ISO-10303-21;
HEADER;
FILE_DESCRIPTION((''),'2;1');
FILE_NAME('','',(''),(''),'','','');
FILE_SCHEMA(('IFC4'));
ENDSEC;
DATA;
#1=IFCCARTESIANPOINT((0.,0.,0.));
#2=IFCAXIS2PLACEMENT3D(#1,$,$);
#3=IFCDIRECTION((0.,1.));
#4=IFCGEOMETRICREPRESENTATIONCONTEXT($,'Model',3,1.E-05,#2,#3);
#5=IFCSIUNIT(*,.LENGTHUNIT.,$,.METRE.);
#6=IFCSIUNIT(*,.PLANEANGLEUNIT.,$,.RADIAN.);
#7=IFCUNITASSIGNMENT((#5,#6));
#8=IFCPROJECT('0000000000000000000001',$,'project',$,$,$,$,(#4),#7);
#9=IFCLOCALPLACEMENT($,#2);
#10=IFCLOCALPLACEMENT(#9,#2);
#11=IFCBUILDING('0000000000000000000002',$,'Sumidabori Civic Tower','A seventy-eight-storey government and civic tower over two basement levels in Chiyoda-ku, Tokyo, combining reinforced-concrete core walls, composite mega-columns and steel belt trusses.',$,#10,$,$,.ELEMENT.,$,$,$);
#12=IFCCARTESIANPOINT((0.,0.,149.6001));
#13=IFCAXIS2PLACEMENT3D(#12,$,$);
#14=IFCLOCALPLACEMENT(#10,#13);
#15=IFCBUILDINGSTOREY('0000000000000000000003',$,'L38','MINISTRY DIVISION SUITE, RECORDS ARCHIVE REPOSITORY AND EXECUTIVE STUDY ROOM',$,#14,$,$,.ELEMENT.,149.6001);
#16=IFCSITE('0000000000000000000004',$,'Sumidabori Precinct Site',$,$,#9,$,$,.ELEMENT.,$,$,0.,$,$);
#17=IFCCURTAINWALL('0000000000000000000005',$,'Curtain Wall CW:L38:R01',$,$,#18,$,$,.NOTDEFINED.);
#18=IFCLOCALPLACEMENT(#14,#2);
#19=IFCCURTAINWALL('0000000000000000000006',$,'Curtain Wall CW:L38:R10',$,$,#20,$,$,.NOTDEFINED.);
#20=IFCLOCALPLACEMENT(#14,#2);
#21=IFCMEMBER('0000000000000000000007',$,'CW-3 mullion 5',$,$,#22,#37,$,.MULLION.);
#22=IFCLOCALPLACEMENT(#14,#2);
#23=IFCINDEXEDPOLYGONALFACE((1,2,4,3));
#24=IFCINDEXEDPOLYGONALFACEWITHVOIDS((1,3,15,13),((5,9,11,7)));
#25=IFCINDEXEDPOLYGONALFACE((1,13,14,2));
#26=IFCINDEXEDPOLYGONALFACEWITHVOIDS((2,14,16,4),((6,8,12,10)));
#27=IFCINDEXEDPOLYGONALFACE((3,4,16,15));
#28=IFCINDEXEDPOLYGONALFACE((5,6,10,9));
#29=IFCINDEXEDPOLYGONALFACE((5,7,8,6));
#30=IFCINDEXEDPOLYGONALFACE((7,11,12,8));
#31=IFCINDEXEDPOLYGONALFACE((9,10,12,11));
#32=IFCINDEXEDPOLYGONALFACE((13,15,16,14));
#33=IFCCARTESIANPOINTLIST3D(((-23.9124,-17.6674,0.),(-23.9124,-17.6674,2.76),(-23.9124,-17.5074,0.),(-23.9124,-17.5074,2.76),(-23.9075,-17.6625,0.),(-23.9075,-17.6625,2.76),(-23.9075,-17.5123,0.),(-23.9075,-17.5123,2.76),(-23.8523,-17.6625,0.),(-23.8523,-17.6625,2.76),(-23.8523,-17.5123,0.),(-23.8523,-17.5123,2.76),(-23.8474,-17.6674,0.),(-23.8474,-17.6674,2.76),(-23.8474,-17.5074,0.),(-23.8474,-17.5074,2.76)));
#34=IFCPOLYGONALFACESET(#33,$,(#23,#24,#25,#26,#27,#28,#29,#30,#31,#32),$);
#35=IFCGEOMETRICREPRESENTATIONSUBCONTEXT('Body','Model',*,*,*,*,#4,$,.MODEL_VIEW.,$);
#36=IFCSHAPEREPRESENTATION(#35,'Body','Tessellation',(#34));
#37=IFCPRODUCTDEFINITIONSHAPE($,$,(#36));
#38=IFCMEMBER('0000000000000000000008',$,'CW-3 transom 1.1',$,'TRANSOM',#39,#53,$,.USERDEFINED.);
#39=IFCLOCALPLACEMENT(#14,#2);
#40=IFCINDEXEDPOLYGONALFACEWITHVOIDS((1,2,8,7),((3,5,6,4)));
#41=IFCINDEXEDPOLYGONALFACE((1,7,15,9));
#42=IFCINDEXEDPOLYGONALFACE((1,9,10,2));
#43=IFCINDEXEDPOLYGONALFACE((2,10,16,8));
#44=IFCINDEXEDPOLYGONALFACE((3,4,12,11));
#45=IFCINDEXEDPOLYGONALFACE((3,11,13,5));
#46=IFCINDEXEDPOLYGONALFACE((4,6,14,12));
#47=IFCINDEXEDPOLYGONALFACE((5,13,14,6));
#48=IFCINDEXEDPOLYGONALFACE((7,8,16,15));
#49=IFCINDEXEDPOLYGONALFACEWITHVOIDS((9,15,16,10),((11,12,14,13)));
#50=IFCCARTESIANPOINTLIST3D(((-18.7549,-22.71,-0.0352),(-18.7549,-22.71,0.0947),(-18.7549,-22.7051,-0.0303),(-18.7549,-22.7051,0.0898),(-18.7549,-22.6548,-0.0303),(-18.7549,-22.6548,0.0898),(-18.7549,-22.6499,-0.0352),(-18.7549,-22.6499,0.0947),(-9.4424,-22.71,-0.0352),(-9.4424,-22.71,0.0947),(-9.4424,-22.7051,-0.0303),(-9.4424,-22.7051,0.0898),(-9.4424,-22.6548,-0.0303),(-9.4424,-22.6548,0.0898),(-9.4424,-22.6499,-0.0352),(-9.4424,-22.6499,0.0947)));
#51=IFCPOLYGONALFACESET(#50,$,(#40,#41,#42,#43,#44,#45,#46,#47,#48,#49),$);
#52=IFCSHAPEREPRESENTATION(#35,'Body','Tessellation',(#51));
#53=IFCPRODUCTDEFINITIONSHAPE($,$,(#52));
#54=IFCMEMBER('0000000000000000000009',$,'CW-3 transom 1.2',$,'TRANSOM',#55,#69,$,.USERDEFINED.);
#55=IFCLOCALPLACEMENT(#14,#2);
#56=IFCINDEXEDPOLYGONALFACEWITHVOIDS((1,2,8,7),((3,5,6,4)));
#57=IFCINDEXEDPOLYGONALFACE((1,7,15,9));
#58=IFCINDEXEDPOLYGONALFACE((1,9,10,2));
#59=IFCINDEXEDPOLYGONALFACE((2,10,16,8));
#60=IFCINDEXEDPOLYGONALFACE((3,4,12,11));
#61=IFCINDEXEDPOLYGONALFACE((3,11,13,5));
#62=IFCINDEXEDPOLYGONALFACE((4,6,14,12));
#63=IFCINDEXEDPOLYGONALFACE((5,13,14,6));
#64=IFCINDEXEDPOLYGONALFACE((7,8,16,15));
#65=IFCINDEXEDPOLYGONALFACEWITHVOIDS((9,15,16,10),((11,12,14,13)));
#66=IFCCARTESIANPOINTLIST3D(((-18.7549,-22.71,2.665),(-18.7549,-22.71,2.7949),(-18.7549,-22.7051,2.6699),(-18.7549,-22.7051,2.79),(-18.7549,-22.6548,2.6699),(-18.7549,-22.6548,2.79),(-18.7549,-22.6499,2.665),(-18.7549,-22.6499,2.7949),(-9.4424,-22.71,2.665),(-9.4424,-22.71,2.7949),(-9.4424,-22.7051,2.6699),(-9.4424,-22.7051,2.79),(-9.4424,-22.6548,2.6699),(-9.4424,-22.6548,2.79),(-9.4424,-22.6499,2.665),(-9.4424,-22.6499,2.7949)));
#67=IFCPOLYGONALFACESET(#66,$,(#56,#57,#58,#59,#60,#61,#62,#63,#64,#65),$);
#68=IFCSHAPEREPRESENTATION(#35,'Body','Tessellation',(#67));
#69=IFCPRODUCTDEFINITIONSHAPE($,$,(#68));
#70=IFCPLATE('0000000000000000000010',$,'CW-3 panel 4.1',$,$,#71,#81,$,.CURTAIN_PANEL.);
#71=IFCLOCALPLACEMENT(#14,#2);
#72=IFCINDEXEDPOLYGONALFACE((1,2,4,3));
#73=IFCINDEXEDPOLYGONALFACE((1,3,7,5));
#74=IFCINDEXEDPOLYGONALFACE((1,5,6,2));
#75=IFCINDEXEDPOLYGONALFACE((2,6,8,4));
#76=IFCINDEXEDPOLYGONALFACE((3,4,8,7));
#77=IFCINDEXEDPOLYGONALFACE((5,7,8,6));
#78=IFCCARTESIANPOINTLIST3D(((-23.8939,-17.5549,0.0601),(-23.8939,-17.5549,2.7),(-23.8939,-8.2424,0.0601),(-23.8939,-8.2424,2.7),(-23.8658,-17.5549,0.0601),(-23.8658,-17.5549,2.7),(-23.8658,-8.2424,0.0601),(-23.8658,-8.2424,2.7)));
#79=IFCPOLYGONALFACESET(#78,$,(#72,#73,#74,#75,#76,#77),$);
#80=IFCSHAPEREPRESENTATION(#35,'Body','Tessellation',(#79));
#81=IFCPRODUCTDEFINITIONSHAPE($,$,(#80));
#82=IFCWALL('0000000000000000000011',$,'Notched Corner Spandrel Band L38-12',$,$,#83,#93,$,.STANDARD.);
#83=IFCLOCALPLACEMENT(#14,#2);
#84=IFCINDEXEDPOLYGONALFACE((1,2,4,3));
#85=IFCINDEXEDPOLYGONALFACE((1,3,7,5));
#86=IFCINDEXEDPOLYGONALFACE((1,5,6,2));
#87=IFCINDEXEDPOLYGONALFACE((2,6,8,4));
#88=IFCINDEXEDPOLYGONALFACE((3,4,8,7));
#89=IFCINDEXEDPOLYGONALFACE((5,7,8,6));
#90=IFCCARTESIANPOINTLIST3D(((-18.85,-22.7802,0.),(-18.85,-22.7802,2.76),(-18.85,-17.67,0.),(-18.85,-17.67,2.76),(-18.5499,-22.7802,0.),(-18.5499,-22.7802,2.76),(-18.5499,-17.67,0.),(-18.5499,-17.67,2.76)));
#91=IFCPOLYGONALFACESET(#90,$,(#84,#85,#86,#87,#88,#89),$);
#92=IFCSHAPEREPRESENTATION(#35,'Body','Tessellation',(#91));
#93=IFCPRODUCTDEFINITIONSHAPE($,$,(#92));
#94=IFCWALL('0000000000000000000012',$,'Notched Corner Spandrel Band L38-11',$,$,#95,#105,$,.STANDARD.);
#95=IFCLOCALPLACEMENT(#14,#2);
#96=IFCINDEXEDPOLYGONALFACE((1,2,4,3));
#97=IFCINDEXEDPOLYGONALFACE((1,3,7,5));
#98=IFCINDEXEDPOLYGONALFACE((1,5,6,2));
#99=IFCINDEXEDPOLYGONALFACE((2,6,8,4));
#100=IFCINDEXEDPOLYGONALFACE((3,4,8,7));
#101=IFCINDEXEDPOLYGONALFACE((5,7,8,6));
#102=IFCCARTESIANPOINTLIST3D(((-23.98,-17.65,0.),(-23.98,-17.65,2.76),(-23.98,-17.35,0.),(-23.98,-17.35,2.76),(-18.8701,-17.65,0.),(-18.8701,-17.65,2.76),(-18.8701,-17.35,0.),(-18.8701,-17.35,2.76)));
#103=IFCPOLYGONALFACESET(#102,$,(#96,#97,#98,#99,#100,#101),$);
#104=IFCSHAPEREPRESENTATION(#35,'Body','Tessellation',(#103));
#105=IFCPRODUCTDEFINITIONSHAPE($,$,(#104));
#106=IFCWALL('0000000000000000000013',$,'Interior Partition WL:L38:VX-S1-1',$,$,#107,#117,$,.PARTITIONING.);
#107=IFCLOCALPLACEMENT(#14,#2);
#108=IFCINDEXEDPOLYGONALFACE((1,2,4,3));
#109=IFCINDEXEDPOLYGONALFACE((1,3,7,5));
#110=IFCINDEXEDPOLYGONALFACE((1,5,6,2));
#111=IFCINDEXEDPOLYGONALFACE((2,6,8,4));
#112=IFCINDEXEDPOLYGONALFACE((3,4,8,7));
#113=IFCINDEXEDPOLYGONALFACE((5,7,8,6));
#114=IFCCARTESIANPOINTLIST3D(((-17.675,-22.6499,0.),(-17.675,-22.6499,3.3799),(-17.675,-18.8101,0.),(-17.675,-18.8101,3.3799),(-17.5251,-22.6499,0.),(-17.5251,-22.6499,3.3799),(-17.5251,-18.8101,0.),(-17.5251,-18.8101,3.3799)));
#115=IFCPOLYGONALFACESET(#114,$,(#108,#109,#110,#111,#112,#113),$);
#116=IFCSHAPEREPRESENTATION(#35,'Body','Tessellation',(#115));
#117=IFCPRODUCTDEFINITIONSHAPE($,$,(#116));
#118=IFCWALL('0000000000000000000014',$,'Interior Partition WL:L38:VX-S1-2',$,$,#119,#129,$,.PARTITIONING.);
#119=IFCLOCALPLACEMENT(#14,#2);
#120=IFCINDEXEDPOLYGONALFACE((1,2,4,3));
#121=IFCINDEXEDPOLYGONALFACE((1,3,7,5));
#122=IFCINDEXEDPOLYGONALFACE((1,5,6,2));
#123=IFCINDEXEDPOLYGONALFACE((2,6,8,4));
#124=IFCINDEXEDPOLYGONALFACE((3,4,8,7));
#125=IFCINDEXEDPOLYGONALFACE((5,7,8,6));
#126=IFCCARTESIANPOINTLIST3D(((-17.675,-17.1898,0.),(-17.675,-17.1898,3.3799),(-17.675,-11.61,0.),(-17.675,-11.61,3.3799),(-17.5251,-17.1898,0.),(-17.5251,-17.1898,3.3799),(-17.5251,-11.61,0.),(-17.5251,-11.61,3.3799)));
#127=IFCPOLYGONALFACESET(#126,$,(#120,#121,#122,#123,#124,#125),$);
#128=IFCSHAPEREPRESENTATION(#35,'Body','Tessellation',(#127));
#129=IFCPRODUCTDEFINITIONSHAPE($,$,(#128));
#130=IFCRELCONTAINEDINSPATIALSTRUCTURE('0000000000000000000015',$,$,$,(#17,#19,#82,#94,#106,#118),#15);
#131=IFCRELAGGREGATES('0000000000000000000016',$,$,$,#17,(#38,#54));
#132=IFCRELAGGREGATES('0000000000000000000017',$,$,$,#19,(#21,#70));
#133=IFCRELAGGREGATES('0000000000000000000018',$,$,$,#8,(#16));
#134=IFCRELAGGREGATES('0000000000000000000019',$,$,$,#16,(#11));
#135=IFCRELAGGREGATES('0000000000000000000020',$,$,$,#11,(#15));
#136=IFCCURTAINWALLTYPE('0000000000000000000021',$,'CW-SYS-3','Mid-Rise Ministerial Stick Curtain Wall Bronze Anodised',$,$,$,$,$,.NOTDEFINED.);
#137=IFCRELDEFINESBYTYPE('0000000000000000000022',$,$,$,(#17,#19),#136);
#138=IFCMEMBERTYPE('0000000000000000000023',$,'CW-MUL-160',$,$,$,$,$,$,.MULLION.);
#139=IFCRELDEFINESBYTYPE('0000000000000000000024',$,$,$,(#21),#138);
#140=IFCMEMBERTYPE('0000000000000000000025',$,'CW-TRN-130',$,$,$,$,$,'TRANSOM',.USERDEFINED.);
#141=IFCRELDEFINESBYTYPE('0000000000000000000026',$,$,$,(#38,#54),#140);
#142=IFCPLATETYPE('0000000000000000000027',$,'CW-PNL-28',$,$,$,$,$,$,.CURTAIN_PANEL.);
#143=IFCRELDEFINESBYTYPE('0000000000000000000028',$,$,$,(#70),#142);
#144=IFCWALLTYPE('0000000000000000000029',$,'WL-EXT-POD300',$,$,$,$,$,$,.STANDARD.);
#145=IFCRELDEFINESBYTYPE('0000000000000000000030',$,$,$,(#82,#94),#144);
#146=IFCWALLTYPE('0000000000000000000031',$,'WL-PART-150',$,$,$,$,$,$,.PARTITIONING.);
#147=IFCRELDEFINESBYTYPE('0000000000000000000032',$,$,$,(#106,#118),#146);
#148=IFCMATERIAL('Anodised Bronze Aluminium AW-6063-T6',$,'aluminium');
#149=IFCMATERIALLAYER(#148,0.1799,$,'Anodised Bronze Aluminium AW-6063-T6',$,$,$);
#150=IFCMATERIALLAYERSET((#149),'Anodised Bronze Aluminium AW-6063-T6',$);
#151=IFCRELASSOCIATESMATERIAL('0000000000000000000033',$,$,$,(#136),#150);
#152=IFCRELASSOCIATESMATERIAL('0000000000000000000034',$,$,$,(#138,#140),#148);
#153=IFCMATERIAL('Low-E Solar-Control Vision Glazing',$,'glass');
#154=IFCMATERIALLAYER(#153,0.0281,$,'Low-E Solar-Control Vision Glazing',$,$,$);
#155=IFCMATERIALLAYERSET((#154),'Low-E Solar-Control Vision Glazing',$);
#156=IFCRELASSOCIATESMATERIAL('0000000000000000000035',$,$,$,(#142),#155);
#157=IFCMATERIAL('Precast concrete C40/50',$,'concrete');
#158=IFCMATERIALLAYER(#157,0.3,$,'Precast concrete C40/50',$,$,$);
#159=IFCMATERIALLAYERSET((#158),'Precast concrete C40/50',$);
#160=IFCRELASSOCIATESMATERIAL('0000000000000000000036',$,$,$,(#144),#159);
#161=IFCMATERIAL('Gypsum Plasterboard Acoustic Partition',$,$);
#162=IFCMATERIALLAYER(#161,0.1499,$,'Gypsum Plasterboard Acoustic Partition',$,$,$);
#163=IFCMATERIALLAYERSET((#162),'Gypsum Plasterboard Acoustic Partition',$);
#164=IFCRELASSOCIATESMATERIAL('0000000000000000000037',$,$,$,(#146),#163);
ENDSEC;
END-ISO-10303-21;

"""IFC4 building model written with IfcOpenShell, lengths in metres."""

from ifc_helpers import new_model, si_unit, direction, frame, frame_2d, origin, origin_2d, place, context, subcontext, project, spatial, rectangle, hollow_rectangle, extrude, source, transform, mapped, material, layer, layer_set, material_profile, profile_set, type_object, element, aggregate, save


model = new_model("IFC4")

# Units and contexts
model_context = context("Model", 3, precision=1e-05, world=origin(), true_north=direction((0.0, 1.0)))
body_context = subcontext(model_context, "Body", "Model", "MODEL_VIEW")
ifc_project = project(units=[si_unit("LENGTHUNIT", "METRE"), si_unit("PLANEANGLEUNIT", "RADIAN")], contexts=[model_context])

# Site, building, storey
site_placement = place(None, origin())
site = spatial("IfcSite", under=ifc_project, at=site_placement, Name="Sumidabori Precinct Site", CompositionType="ELEMENT", RefElevation=0.0)
building_placement = place(site_placement, origin())
building = spatial("IfcBuilding", under=site, at=building_placement, Name="Sumidabori Civic Tower", Description="A seventy-eight-storey government and civic tower over two basement levels in Chiyoda-ku, Tokyo, combining reinforced-concrete core walls, composite mega-columns and steel belt trusses.", CompositionType="ELEMENT")
storey_placement = place(building_placement, frame((0.0, 0.0, 149.6001)))
storey = spatial("IfcBuildingStorey", under=building, at=storey_placement, Name="L38", Description="MINISTRY DIVISION SUITE, RECORDS ARCHIVE REPOSITORY AND EXECUTIVE STUDY ROOM", CompositionType="ELEMENT", Elevation=149.6001)

# Curtain walls, member
ifc_material_1 = material(Name="Anodised Bronze Aluminium AW-6063-T6", Category="aluminium")
ifc_layer_1 = layer(ifc_material_1, 0.1799, Name="Anodised Bronze Aluminium AW-6063-T6")
ifc_layer_set_1 = layer_set([ifc_layer_1], Name="Anodised Bronze Aluminium AW-6063-T6")
curtain_wall_type = type_object("IfcCurtainWallType", Name="CW-SYS-3", Description="Mid-Rise Ministerial Stick Curtain Wall Bronze Anodised", PredefinedType="NOTDEFINED", material=ifc_layer_set_1)
curtain_wall_1_placement = place(storey_placement, origin())
curtain_wall_1 = element("IfcCurtainWall", 1, at=curtain_wall_1_placement, inside=storey, type_object=curtain_wall_type, Name="Curtain Wall CW:L38:R01", PredefinedType="NOTDEFINED")
ifc_material_profile_1 = material_profile(ifc_material_1, hollow_rectangle(XDim=0.0649, YDim=0.1599, WallThickness=0.0049, at=origin_2d()), Name="ALU MULLION 160x65")
ifc_profile_set_1 = profile_set([ifc_material_profile_1], Name="Anodised Bronze Aluminium AW-6063-T6")
member_type_1 = type_object("IfcMemberType", Name="CW-MUL-160", PredefinedType="MULLION", material=ifc_profile_set_1)
shared_shape_1 = source(origin(), body_context, "Body", "SweptSolid", [
    extrude(hollow_rectangle(XDim=0.0649, YDim=0.1599, WallThickness=0.0049, at=origin_2d()), origin(), (0.0, 0.0, 1.0), 2.76),
])
curtain_wall_2_placement = place(storey_placement, origin())
curtain_wall_2 = element("IfcCurtainWall", 2, at=curtain_wall_2_placement, inside=storey, type_object=curtain_wall_type, Name="Curtain Wall CW:L38:R10", PredefinedType="NOTDEFINED")
member_1_placement = place(storey_placement, frame((-23.8799, -17.5874, 0.0), z_axis=(0.0, 0.0, 1.0), x_axis=(1.0, 0.0, 0.0)))
member_1 = element("IfcMember", 3, at=member_1_placement, type_object=member_type_1, Name="CW-3 mullion 5", PredefinedType="MULLION", context=body_context, shape_type="MappedRepresentation", body=[
    mapped(shared_shape_1, transform((0.0, 0.0, 0.0), x_axis=(1.0, 0.0, 0.0), y_axis=(0.0, 1.0, 0.0), z_axis=(0.0, 0.0, 1.0), scale=1.0)),
])

# Members
ifc_material_profile_2 = material_profile(ifc_material_1, hollow_rectangle(XDim=0.0601, YDim=0.1299, WallThickness=0.0049, at=origin_2d()), Name="ALU TRANSOM 130x60")
ifc_profile_set_2 = profile_set([ifc_material_profile_2], Name="Anodised Bronze Aluminium AW-6063-T6")
member_type_2 = type_object("IfcMemberType", Name="CW-TRN-130", ElementType="TRANSOM", PredefinedType="USERDEFINED", material=ifc_profile_set_2)
shared_shape_2 = source(origin(), body_context, "Body", "SweptSolid", [
    extrude(hollow_rectangle(XDim=0.0601, YDim=0.1299, WallThickness=0.0049, at=origin_2d()), origin(), (0.0, 0.0, 1.0), 9.3125),
])
member_2_placement = place(storey_placement, frame((-18.7549, -22.6799, 0.0298), z_axis=(1.0, 0.0, 0.0), x_axis=(0.0, 1.0, 0.0)))
member_2 = element("IfcMember", 4, at=member_2_placement, type_object=member_type_2, Name="CW-3 transom 1.1", ObjectType="TRANSOM", PredefinedType="USERDEFINED", context=body_context, shape_type="MappedRepresentation", body=[
    mapped(shared_shape_2, transform((0.0, 0.0, 0.0), x_axis=(1.0, 0.0, 0.0), y_axis=(0.0, 1.0, 0.0), z_axis=(0.0, 0.0, 1.0), scale=1.0)),
])
member_3_placement = place(storey_placement, frame((-18.7549, -22.6799, 2.73), z_axis=(1.0, 0.0, 0.0), x_axis=(0.0, 1.0, 0.0)))
member_3 = element("IfcMember", 5, at=member_3_placement, type_object=member_type_2, Name="CW-3 transom 1.2", ObjectType="TRANSOM", PredefinedType="USERDEFINED", context=body_context, shape_type="MappedRepresentation", body=[
    mapped(shared_shape_2, transform((0.0, 0.0, 0.0), x_axis=(1.0, 0.0, 0.0), y_axis=(0.0, 1.0, 0.0), z_axis=(0.0, 0.0, 1.0), scale=1.0)),
])
aggregate(curtain_wall_1, [member_2, member_3])

# Plate
ifc_material_2 = material(Name="Low-E Solar-Control Vision Glazing", Category="glass")
ifc_layer_2 = layer(ifc_material_2, 0.0281, Name="Low-E Solar-Control Vision Glazing")
ifc_layer_set_2 = layer_set([ifc_layer_2], Name="Low-E Solar-Control Vision Glazing")
plate_type = type_object("IfcPlateType", Name="CW-PNL-28", PredefinedType="CURTAIN_PANEL", material=ifc_layer_set_2)
shared_shape_3 = source(origin(), body_context, "Body", "SweptSolid", [
    extrude(rectangle(XDim=9.3125, YDim=0.0281, at=origin_2d()), origin(), (0.0, 0.0, 1.0), 2.6399),
])
plate_placement = place(storey_placement, frame((-23.8799, -12.8987, 0.0601), z_axis=(0.0, 0.0, 1.0), x_axis=(0.0, -1.0, 0.0)))
plate = element("IfcPlate", 6, at=plate_placement, type_object=plate_type, Name="CW-3 panel 4.1", PredefinedType="CURTAIN_PANEL", context=body_context, shape_type="MappedRepresentation", body=[
    mapped(shared_shape_3, transform((0.0, 0.0, 0.0), x_axis=(1.0, 0.0, 0.0), y_axis=(0.0, 1.0, 0.0), z_axis=(0.0, 0.0, 1.0), scale=1.0)),
])
aggregate(curtain_wall_2, [member_1, plate])

# Walls
ifc_material_3 = material(Name="Precast concrete C40/50", Category="concrete")
ifc_layer_3 = layer(ifc_material_3, 0.3, Name="Precast concrete C40/50")
ifc_layer_set_3 = layer_set([ifc_layer_3], Name="Precast concrete C40/50")
wall_type_1 = type_object("IfcWallType", Name="WL-EXT-POD300", PredefinedType="STANDARD", material=ifc_layer_set_3)
shared_shape_4 = source(origin(), body_context, "Body", "SweptSolid", [
    extrude(rectangle(XDim=5.1101, YDim=0.3, at=frame_2d((2.5552, 0.0))), origin(), (0.0, 0.0, 1.0), 2.76),
])
wall_1_placement = place(storey_placement, frame((-18.7, -17.6699, 0.0), z_axis=(0.0, 0.0, 1.0), x_axis=(0.0, -1.0, 0.0)))
element("IfcWall", 7, at=wall_1_placement, inside=storey, type_object=wall_type_1, Name="Notched Corner Spandrel Band L38-12", PredefinedType="STANDARD", context=body_context, shape_type="MappedRepresentation", body=[
    mapped(shared_shape_4, transform((0.0, 0.0, 0.0), x_axis=(1.0, 0.0, 0.0), y_axis=(0.0, 1.0, 0.0), z_axis=(0.0, 0.0, 1.0), scale=1.0)),
])
shared_shape_5 = source(origin(), body_context, "Body", "SweptSolid", [
    extrude(rectangle(XDim=5.1099, YDim=0.3, at=frame_2d((2.5549, 0.0))), origin(), (0.0, 0.0, 1.0), 2.76),
])
wall_2_placement = place(storey_placement, frame((-23.98, -17.5, 0.0), z_axis=(0.0, 0.0, 1.0), x_axis=(1.0, 0.0, 0.0)))
element("IfcWall", 8, at=wall_2_placement, inside=storey, type_object=wall_type_1, Name="Notched Corner Spandrel Band L38-11", PredefinedType="STANDARD", context=body_context, shape_type="MappedRepresentation", body=[
    mapped(shared_shape_5, transform((0.0, 0.0, 0.0), x_axis=(1.0, 0.0, 0.0), y_axis=(0.0, 1.0, 0.0), z_axis=(0.0, 0.0, 1.0), scale=1.0)),
])
ifc_material_4 = material(Name="Gypsum Plasterboard Acoustic Partition")
ifc_layer_4 = layer(ifc_material_4, 0.1499, Name="Gypsum Plasterboard Acoustic Partition")
ifc_layer_set_4 = layer_set([ifc_layer_4], Name="Gypsum Plasterboard Acoustic Partition")
wall_type_2 = type_object("IfcWallType", Name="WL-PART-150", PredefinedType="PARTITIONING", material=ifc_layer_set_4)
shared_shape_6 = source(origin(), body_context, "Body", "SweptSolid", [
    extrude(rectangle(XDim=3.8398, YDim=0.1499, at=frame_2d((1.9199, 0.0))), origin(), (0.0, 0.0, 1.0), 3.3799),
])
wall_3_placement = place(storey_placement, frame((-17.6001, -22.6499, 0.0), z_axis=(0.0, 0.0, 1.0), x_axis=(0.0, 1.0, 0.0)))
element("IfcWall", 9, at=wall_3_placement, inside=storey, type_object=wall_type_2, Name="Interior Partition WL:L38:VX-S1-1", PredefinedType="PARTITIONING", context=body_context, shape_type="MappedRepresentation", body=[
    mapped(shared_shape_6, transform((0.0, 0.0, 0.0), x_axis=(1.0, 0.0, 0.0), y_axis=(0.0, 1.0, 0.0), z_axis=(0.0, 0.0, 1.0), scale=1.0)),
])
shared_shape_7 = source(origin(), body_context, "Body", "SweptSolid", [
    extrude(rectangle(XDim=5.5798, YDim=0.1499, at=frame_2d((2.79, 0.0))), origin(), (0.0, 0.0, 1.0), 3.3799),
])
wall_4_placement = place(storey_placement, frame((-17.6001, -17.1899, 0.0), z_axis=(0.0, 0.0, 1.0), x_axis=(0.0, 1.0, 0.0)))
element("IfcWall", 10, at=wall_4_placement, inside=storey, type_object=wall_type_2, Name="Interior Partition WL:L38:VX-S1-2", PredefinedType="PARTITIONING", context=body_context, shape_type="MappedRepresentation", body=[
    mapped(shared_shape_7, transform((0.0, 0.0, 0.0), x_axis=(1.0, 0.0, 0.0), y_axis=(0.0, 1.0, 0.0), z_axis=(0.0, 0.0, 1.0), scale=1.0)),
])

save(model, "model.ifc")
